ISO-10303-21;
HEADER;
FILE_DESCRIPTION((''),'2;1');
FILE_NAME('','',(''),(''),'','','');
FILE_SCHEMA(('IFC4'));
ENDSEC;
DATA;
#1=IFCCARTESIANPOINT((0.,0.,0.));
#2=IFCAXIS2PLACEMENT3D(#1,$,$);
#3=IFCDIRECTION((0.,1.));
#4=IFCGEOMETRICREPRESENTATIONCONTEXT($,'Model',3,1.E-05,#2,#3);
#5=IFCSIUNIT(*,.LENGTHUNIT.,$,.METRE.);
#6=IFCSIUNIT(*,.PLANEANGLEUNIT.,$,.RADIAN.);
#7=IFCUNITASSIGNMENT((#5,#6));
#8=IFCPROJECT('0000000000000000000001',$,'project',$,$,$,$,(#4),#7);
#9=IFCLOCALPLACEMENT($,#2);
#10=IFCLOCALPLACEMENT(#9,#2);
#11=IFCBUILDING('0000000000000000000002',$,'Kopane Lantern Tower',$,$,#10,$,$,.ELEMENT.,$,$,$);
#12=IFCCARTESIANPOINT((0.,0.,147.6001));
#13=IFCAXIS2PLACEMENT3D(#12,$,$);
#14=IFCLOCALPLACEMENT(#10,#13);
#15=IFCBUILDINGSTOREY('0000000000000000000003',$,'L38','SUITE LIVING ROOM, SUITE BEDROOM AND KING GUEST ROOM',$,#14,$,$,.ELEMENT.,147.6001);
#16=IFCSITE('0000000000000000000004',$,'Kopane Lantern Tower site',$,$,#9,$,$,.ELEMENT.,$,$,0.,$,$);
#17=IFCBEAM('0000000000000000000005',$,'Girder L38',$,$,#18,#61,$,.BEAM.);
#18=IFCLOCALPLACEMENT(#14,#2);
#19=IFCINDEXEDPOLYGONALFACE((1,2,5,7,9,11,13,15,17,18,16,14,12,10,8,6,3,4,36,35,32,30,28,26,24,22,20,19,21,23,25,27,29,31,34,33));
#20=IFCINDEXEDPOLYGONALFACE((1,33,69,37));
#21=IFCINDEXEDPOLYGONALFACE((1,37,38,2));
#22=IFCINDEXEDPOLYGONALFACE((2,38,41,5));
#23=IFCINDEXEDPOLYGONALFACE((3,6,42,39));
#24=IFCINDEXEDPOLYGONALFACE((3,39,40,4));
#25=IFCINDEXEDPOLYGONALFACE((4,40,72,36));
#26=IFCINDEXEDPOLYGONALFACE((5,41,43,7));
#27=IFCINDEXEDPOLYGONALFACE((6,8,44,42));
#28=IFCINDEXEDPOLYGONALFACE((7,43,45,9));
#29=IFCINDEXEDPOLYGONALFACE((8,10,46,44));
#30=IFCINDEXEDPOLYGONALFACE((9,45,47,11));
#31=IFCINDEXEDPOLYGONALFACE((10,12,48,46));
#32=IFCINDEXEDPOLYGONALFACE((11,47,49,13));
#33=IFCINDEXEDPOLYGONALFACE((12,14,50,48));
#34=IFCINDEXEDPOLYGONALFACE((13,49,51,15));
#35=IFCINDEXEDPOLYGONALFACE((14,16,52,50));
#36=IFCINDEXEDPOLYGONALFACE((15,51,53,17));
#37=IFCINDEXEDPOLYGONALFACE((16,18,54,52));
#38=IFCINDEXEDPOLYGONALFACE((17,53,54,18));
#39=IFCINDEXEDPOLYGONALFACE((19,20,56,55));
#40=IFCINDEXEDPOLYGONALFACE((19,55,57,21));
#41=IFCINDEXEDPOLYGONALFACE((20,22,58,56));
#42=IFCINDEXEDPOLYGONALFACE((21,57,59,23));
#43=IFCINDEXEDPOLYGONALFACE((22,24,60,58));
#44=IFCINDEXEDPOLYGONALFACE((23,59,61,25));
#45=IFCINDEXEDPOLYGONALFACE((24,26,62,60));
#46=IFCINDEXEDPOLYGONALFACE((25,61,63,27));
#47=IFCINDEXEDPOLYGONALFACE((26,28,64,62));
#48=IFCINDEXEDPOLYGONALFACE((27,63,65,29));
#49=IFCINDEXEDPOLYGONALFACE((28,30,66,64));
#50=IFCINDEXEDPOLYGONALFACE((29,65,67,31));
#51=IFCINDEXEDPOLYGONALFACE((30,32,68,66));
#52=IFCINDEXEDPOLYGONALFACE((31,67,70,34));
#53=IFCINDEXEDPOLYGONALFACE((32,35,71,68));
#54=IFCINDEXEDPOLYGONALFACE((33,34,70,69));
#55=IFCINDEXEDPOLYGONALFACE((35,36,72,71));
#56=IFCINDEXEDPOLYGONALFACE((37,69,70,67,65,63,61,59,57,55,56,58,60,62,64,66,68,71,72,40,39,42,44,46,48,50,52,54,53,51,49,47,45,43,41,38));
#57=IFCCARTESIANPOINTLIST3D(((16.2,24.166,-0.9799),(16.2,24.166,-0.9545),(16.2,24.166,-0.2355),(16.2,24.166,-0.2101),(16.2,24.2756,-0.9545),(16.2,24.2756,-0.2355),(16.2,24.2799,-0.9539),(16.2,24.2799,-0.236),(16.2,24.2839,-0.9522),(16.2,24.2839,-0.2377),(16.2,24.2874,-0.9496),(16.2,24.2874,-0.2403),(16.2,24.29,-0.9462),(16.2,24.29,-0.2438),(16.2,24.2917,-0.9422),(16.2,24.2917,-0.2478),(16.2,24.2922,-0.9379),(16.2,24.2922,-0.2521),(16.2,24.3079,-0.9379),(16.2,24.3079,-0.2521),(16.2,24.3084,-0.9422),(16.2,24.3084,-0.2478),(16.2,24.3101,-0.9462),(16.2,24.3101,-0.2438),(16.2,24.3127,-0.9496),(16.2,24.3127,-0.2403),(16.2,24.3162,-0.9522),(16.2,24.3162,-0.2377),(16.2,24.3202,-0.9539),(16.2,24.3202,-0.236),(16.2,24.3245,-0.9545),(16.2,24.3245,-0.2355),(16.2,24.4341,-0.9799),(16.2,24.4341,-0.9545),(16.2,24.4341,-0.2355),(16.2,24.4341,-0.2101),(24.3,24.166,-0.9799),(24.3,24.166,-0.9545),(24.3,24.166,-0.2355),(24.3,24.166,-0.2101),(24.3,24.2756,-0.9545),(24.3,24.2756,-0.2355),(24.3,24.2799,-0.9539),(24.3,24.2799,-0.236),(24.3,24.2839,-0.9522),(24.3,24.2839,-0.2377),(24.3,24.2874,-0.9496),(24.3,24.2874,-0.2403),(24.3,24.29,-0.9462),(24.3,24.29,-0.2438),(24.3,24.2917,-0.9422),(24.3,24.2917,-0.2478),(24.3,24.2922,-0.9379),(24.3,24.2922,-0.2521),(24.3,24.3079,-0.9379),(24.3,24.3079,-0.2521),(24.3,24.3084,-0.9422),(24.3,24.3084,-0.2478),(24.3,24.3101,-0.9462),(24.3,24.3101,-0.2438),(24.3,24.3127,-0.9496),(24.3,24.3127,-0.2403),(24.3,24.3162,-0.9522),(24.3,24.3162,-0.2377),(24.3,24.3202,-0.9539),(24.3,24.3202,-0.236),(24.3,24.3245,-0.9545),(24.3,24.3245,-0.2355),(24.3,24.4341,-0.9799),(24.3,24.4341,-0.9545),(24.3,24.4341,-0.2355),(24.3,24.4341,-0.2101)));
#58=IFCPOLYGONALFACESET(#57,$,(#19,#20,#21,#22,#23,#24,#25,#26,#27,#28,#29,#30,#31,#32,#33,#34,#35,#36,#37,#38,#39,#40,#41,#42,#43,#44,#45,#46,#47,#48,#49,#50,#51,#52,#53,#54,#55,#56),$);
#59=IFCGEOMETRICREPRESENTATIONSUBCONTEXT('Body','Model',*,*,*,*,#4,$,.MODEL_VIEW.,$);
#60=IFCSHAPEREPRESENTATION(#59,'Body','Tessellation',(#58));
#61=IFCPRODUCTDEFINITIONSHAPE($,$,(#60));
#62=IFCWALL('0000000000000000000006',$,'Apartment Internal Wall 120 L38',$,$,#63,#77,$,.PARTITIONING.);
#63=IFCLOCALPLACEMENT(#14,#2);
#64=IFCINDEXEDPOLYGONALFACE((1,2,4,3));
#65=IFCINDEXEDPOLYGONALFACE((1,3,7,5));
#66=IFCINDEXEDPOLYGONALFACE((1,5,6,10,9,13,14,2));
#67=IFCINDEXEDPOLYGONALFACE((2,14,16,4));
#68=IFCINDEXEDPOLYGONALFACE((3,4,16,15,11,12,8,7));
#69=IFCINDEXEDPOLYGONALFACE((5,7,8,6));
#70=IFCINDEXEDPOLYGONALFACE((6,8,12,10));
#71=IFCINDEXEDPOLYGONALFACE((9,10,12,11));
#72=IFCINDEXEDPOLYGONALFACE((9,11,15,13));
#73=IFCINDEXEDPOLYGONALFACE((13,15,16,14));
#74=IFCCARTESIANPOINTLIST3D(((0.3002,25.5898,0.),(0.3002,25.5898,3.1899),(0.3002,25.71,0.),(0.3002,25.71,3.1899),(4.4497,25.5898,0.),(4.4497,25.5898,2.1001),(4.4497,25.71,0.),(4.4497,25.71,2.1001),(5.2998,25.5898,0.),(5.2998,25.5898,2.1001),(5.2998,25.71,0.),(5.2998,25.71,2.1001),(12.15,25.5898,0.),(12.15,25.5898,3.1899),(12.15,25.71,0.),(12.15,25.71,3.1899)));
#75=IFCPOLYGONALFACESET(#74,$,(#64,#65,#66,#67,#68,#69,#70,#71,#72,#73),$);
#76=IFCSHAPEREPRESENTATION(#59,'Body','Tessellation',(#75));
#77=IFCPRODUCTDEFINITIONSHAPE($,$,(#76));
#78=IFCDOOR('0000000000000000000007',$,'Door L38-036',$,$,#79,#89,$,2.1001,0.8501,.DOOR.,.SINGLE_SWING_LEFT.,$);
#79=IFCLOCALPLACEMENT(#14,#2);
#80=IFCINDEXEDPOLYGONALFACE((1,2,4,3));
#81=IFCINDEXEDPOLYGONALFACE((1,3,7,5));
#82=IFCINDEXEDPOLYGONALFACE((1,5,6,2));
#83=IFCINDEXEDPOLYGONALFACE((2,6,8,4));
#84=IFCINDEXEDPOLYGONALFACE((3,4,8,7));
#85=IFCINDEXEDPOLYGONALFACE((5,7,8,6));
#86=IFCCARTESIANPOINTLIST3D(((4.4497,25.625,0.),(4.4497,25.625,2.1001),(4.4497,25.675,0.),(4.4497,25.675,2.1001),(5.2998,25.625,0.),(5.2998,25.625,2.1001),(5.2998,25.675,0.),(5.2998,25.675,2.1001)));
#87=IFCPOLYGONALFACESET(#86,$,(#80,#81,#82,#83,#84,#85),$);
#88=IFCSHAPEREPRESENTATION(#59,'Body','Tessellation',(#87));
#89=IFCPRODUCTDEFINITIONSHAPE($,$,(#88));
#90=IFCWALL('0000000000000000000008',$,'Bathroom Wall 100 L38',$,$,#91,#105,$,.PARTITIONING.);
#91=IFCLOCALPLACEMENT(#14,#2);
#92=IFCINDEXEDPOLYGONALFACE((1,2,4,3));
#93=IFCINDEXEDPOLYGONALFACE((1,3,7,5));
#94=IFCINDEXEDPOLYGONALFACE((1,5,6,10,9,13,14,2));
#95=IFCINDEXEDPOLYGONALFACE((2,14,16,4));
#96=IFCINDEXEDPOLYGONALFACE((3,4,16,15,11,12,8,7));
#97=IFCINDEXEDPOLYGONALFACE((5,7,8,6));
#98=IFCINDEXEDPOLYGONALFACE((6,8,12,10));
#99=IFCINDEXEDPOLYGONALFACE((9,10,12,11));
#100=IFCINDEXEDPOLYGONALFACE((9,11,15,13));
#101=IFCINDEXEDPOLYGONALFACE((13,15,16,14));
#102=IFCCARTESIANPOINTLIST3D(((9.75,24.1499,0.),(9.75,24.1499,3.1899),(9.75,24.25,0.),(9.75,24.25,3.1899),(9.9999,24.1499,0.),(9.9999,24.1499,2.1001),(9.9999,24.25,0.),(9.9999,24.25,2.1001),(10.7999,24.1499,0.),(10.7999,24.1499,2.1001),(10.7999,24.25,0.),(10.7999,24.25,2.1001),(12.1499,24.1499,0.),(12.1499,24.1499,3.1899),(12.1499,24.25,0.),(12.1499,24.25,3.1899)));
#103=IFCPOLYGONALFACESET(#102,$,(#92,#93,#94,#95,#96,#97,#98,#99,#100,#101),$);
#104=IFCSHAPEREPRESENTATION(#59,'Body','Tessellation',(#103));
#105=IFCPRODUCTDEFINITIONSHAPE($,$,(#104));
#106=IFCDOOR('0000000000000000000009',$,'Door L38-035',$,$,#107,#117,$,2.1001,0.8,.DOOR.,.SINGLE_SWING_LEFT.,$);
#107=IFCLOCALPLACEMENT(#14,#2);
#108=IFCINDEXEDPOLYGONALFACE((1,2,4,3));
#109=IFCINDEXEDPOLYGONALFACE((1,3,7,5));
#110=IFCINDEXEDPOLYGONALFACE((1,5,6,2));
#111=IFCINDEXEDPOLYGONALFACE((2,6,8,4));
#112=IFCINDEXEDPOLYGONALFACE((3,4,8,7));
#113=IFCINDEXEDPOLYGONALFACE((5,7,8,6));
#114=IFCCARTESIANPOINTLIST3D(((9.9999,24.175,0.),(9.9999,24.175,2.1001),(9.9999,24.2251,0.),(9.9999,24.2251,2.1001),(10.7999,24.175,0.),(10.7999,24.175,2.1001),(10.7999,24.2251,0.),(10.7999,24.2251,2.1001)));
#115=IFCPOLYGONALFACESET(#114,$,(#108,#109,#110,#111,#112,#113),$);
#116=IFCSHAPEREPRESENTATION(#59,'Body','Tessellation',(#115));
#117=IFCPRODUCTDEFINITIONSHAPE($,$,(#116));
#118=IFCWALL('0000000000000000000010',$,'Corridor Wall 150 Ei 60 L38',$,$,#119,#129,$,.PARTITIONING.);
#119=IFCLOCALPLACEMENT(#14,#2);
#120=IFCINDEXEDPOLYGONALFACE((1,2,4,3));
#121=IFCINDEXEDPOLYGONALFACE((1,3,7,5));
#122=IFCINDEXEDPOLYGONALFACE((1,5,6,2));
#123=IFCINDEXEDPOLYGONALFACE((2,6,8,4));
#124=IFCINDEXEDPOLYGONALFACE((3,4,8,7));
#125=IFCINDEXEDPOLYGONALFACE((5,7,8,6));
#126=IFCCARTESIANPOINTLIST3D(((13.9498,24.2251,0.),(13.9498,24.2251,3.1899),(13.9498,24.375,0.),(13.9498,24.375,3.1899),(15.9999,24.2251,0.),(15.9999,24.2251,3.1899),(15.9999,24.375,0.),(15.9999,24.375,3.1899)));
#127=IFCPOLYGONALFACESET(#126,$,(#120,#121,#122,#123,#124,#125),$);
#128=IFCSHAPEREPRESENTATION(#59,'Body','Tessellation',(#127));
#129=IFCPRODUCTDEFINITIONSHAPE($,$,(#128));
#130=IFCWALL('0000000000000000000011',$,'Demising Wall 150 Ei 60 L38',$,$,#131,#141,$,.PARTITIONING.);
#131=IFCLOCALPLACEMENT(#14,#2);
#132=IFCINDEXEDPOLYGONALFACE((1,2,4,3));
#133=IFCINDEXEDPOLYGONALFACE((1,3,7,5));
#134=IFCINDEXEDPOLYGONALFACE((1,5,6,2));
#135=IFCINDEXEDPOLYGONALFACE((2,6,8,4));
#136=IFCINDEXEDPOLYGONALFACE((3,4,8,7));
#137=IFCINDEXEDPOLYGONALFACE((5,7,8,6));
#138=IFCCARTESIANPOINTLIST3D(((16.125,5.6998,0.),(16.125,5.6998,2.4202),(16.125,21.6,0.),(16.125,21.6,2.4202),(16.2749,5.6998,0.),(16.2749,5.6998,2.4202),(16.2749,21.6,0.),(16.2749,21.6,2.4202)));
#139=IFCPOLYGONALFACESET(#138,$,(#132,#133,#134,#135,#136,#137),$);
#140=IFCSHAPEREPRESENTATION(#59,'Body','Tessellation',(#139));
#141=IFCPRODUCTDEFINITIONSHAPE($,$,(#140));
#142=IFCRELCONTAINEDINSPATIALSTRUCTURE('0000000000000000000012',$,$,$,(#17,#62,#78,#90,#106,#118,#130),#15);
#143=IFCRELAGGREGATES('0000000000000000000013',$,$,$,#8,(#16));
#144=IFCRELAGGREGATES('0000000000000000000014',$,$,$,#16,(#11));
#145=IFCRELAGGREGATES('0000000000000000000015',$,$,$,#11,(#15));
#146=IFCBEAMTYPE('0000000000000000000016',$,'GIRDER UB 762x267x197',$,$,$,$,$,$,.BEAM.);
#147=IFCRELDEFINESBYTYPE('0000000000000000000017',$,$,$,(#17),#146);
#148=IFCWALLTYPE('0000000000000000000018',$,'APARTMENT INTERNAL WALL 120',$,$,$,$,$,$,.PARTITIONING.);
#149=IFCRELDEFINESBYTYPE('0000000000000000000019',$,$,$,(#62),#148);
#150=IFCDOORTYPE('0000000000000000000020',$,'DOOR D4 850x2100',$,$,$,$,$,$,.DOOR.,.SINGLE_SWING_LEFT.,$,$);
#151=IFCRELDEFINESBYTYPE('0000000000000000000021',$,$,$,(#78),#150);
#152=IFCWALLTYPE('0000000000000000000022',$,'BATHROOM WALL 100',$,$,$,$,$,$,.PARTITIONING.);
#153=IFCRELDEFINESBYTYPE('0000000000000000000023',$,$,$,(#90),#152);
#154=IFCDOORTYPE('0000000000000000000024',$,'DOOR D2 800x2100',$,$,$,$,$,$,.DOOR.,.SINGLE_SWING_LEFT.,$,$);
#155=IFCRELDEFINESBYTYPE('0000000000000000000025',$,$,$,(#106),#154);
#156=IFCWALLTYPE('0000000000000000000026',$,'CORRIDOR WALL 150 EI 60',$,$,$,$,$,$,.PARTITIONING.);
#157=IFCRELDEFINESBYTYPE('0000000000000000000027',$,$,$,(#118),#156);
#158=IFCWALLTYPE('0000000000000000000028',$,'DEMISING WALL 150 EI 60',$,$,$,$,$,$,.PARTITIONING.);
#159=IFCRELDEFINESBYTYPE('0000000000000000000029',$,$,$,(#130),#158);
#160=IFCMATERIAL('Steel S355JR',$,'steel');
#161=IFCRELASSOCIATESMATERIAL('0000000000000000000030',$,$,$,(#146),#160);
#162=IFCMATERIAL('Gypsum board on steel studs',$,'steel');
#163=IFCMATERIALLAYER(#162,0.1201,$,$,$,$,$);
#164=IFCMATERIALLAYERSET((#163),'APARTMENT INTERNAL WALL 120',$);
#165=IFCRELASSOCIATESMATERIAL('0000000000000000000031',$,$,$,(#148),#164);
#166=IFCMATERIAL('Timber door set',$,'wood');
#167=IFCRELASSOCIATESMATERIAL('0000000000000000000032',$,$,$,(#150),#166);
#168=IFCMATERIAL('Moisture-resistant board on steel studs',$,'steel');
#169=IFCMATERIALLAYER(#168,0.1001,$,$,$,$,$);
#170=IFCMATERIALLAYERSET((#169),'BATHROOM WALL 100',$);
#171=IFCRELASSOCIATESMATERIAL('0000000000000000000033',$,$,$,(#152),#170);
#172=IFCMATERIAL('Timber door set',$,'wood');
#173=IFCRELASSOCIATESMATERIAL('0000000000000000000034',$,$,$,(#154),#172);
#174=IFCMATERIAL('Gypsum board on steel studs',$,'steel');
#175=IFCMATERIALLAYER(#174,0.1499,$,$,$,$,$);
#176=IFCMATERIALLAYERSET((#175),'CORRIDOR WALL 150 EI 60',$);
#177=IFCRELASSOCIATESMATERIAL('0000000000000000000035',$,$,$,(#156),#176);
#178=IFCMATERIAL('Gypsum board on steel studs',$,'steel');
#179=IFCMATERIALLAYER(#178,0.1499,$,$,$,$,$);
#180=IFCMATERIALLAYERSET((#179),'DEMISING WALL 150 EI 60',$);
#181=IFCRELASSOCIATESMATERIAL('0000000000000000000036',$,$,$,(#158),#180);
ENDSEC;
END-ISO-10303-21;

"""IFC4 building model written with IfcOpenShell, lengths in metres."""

from ifc_helpers import new_model, si_unit, direction, frame, frame_2d, origin, origin_2d, place, context, subcontext, project, spatial, rectangle, i_section, extrude, material, layer, layer_set, material_profile, profile_set, type_object, element, fill, save


model = new_model("IFC4")

# Units and contexts
model_context = context("Model", 3, precision=1e-05, world=origin(), true_north=direction((0.0, 1.0)))
body_context = subcontext(model_context, "Body", "Model", "MODEL_VIEW")
ifc_project = project(units=[si_unit("LENGTHUNIT", "METRE"), si_unit("PLANEANGLEUNIT", "RADIAN")], contexts=[model_context])

# Site, building, storey
site_placement = place(None, origin())
site = spatial("IfcSite", under=ifc_project, at=site_placement, Name="Kopane Lantern Tower site", CompositionType="ELEMENT", RefElevation=0.0)
building_placement = place(site_placement, origin())
building = spatial("IfcBuilding", under=site, at=building_placement, Name="Kopane Lantern Tower", CompositionType="ELEMENT")
storey_placement = place(building_placement, frame((0.0, 0.0, 147.6001)))
storey = spatial("IfcBuildingStorey", under=building, at=storey_placement, Name="L38", Description="SUITE LIVING ROOM, SUITE BEDROOM AND KING GUEST ROOM", CompositionType="ELEMENT", Elevation=147.6001)

# Beam
ifc_material_1 = material(Name="Steel S355JR", Category="steel")
ifc_material_profile_1 = material_profile(ifc_material_1, i_section(OverallWidth=0.2681, OverallDepth=0.7698, WebThickness=0.0156, FlangeThickness=0.0254, FilletRadius=0.0166, at=origin_2d()), Name="UB 762x267x197")
ifc_profile_set_1 = profile_set([ifc_material_profile_1], Name="Steel S355JR")
beam_type_1 = type_object("IfcBeamType", Name="GIRDER UB 762x267x197", PredefinedType="BEAM", material=ifc_profile_set_1)
beam_1_placement = place(storey_placement, frame((16.2, 24.3, -0.595), z_axis=(1.0, 0.0, 0.0), x_axis=(0.0, 1.0, 0.0)))
element("IfcBeam", 1, at=beam_1_placement, inside=storey, type_object=beam_type_1, Name="Girder L38", PredefinedType="BEAM", context=body_context, shape_type="SweptSolid", body=[
    extrude(i_section(OverallWidth=0.2681, OverallDepth=0.7698, WebThickness=0.0156, FlangeThickness=0.0254, FilletRadius=0.0166, at=origin_2d()), origin(), (0.0, 0.0, 1.0), 8.1001),
])

# Walls, openings, doors
ifc_material_2 = material(Name="Gypsum board on steel studs", Category="steel")
ifc_layer_1 = layer(ifc_material_2, 0.1201)
ifc_layer_set_1 = layer_set([ifc_layer_1], Name="APARTMENT INTERNAL WALL 120")
wall_type_1 = type_object("IfcWallType", Name="APARTMENT INTERNAL WALL 120", PredefinedType="PARTITIONING", material=ifc_layer_set_1)
wall_1_placement = place(storey_placement, frame((12.1499, 25.6499, 0.0), z_axis=(0.0, 0.0, 1.0), x_axis=(-1.0, 0.0, 0.0)))
wall_1 = element("IfcWall", 2, at=wall_1_placement, inside=storey, type_object=wall_type_1, Name="Apartment Internal Wall 120 L38", PredefinedType="PARTITIONING", context=body_context, shape_type="SweptSolid", body=[
    extrude(rectangle(XDim=11.8499, YDim=0.1201, at=frame_2d((5.9248, 0.0))), origin(), (0.0, 0.0, 1.0), 3.1899),
])
opening_1_placement = place(wall_1_placement, frame((6.8501, 0.0, 0.0)))
opening_1 = element("IfcOpeningElement", 3, at=opening_1_placement, cuts=wall_1, PredefinedType="OPENING", context=body_context, shape_type="SweptSolid", body=[
    extrude(rectangle(XDim=0.8501, YDim=2.1001, at=frame_2d((0.425, 1.05))), frame((0.0, 0.0701, 0.0), z_axis=(0.0, -1.0, 0.0), x_axis=(1.0, 0.0, 0.0)), (0.0, 0.0, 1.0), 0.1401),
])
ifc_material_3 = material(Name="Timber door set", Category="wood")
door_type_1 = type_object("IfcDoorType", Name="DOOR D4 850x2100", OperationType="SINGLE_SWING_LEFT", PredefinedType="DOOR", material=ifc_material_3)
door_1_placement = place(opening_1_placement, origin())
door_1 = element("IfcDoor", 4, at=door_1_placement, inside=storey, type_object=door_type_1, Name="Door L38-036", OperationType="SINGLE_SWING_LEFT", OverallHeight=2.1001, OverallWidth=0.8501, PredefinedType="DOOR", context=body_context, shape_type="SweptSolid", body=[
    extrude(rectangle(XDim=0.8501, YDim=2.1001, at=frame_2d((0.425, 1.05))), frame((0.0, 0.0249, 0.0), z_axis=(0.0, -1.0, 0.0), x_axis=(1.0, 0.0, 0.0)), (0.0, 0.0, 1.0), 0.05),
])
fill(opening_1, door_1)
ifc_material_4 = material(Name="Moisture-resistant board on steel studs", Category="steel")
ifc_layer_2 = layer(ifc_material_4, 0.1001)
ifc_layer_set_2 = layer_set([ifc_layer_2], Name="BATHROOM WALL 100")
wall_type_2 = type_object("IfcWallType", Name="BATHROOM WALL 100", PredefinedType="PARTITIONING", material=ifc_layer_set_2)
wall_2_placement = place(storey_placement, frame((12.1499, 24.2, 0.0), z_axis=(0.0, 0.0, 1.0), x_axis=(-1.0, 0.0, 0.0)))
wall_2 = element("IfcWall", 5, at=wall_2_placement, inside=storey, type_object=wall_type_2, Name="Bathroom Wall 100 L38", PredefinedType="PARTITIONING", context=body_context, shape_type="SweptSolid", body=[
    extrude(rectangle(XDim=2.3999, YDim=0.1001, at=frame_2d((1.2, 0.0))), origin(), (0.0, 0.0, 1.0), 3.1899),
])
opening_2_placement = place(wall_2_placement, frame((1.3501, 0.0, 0.0)))
opening_2 = element("IfcOpeningElement", 6, at=opening_2_placement, cuts=wall_2, PredefinedType="OPENING", context=body_context, shape_type="SweptSolid", body=[
    extrude(rectangle(XDim=0.8, YDim=2.1001, at=frame_2d((0.3999, 1.05))), frame((0.0, 0.0601, 0.0), z_axis=(0.0, -1.0, 0.0), x_axis=(1.0, 0.0, 0.0)), (0.0, 0.0, 1.0), 0.1201),
])
ifc_material_5 = material(Name="Timber door set", Category="wood")
door_type_2 = type_object("IfcDoorType", Name="DOOR D2 800x2100", OperationType="SINGLE_SWING_LEFT", PredefinedType="DOOR", material=ifc_material_5)
door_2_placement = place(opening_2_placement, origin())
door_2 = element("IfcDoor", 7, at=door_2_placement, inside=storey, type_object=door_type_2, Name="Door L38-035", OperationType="SINGLE_SWING_LEFT", OverallHeight=2.1001, OverallWidth=0.8, PredefinedType="DOOR", context=body_context, shape_type="SweptSolid", body=[
    extrude(rectangle(XDim=0.8, YDim=2.1001, at=frame_2d((0.3999, 1.05))), frame((0.0, 0.0249, 0.0), z_axis=(0.0, -1.0, 0.0), x_axis=(1.0, 0.0, 0.0)), (0.0, 0.0, 1.0), 0.05),
])
fill(opening_2, door_2)

# Walls
ifc_material_6 = material(Name="Gypsum board on steel studs", Category="steel")
ifc_layer_3 = layer(ifc_material_6, 0.1499)
ifc_layer_set_3 = layer_set([ifc_layer_3], Name="CORRIDOR WALL 150 EI 60")
wall_type_3 = type_object("IfcWallType", Name="CORRIDOR WALL 150 EI 60", PredefinedType="PARTITIONING", material=ifc_layer_set_3)
wall_3_placement = place(storey_placement, frame((13.95, 24.3, 0.0), z_axis=(0.0, 0.0, 1.0), x_axis=(1.0, 0.0, 0.0)))
element("IfcWall", 8, at=wall_3_placement, inside=storey, type_object=wall_type_3, Name="Corridor Wall 150 Ei 60 L38", PredefinedType="PARTITIONING", context=body_context, shape_type="SweptSolid", body=[
    extrude(rectangle(XDim=2.05, YDim=0.1499, at=frame_2d((1.0249, 0.0))), origin(), (0.0, 0.0, 1.0), 3.1899),
])
ifc_material_7 = material(Name="Gypsum board on steel studs", Category="steel")
ifc_layer_4 = layer(ifc_material_7, 0.1499)
ifc_layer_set_4 = layer_set([ifc_layer_4], Name="DEMISING WALL 150 EI 60")
wall_type_4 = type_object("IfcWallType", Name="DEMISING WALL 150 EI 60", PredefinedType="PARTITIONING", material=ifc_layer_set_4)
wall_4_placement = place(storey_placement, frame((16.2, 21.6001, 0.0), z_axis=(0.0, 0.0, 1.0), x_axis=(0.0, -1.0, 0.0)))
element("IfcWall", 9, at=wall_4_placement, inside=storey, type_object=wall_type_4, Name="Demising Wall 150 Ei 60 L38", PredefinedType="PARTITIONING", context=body_context, shape_type="SweptSolid", body=[
    extrude(rectangle(XDim=15.9001, YDim=0.1499, at=frame_2d((7.9502, 0.0))), origin(), (0.0, 0.0, 1.0), 2.4202),
])

save(model, "model.ifc")
